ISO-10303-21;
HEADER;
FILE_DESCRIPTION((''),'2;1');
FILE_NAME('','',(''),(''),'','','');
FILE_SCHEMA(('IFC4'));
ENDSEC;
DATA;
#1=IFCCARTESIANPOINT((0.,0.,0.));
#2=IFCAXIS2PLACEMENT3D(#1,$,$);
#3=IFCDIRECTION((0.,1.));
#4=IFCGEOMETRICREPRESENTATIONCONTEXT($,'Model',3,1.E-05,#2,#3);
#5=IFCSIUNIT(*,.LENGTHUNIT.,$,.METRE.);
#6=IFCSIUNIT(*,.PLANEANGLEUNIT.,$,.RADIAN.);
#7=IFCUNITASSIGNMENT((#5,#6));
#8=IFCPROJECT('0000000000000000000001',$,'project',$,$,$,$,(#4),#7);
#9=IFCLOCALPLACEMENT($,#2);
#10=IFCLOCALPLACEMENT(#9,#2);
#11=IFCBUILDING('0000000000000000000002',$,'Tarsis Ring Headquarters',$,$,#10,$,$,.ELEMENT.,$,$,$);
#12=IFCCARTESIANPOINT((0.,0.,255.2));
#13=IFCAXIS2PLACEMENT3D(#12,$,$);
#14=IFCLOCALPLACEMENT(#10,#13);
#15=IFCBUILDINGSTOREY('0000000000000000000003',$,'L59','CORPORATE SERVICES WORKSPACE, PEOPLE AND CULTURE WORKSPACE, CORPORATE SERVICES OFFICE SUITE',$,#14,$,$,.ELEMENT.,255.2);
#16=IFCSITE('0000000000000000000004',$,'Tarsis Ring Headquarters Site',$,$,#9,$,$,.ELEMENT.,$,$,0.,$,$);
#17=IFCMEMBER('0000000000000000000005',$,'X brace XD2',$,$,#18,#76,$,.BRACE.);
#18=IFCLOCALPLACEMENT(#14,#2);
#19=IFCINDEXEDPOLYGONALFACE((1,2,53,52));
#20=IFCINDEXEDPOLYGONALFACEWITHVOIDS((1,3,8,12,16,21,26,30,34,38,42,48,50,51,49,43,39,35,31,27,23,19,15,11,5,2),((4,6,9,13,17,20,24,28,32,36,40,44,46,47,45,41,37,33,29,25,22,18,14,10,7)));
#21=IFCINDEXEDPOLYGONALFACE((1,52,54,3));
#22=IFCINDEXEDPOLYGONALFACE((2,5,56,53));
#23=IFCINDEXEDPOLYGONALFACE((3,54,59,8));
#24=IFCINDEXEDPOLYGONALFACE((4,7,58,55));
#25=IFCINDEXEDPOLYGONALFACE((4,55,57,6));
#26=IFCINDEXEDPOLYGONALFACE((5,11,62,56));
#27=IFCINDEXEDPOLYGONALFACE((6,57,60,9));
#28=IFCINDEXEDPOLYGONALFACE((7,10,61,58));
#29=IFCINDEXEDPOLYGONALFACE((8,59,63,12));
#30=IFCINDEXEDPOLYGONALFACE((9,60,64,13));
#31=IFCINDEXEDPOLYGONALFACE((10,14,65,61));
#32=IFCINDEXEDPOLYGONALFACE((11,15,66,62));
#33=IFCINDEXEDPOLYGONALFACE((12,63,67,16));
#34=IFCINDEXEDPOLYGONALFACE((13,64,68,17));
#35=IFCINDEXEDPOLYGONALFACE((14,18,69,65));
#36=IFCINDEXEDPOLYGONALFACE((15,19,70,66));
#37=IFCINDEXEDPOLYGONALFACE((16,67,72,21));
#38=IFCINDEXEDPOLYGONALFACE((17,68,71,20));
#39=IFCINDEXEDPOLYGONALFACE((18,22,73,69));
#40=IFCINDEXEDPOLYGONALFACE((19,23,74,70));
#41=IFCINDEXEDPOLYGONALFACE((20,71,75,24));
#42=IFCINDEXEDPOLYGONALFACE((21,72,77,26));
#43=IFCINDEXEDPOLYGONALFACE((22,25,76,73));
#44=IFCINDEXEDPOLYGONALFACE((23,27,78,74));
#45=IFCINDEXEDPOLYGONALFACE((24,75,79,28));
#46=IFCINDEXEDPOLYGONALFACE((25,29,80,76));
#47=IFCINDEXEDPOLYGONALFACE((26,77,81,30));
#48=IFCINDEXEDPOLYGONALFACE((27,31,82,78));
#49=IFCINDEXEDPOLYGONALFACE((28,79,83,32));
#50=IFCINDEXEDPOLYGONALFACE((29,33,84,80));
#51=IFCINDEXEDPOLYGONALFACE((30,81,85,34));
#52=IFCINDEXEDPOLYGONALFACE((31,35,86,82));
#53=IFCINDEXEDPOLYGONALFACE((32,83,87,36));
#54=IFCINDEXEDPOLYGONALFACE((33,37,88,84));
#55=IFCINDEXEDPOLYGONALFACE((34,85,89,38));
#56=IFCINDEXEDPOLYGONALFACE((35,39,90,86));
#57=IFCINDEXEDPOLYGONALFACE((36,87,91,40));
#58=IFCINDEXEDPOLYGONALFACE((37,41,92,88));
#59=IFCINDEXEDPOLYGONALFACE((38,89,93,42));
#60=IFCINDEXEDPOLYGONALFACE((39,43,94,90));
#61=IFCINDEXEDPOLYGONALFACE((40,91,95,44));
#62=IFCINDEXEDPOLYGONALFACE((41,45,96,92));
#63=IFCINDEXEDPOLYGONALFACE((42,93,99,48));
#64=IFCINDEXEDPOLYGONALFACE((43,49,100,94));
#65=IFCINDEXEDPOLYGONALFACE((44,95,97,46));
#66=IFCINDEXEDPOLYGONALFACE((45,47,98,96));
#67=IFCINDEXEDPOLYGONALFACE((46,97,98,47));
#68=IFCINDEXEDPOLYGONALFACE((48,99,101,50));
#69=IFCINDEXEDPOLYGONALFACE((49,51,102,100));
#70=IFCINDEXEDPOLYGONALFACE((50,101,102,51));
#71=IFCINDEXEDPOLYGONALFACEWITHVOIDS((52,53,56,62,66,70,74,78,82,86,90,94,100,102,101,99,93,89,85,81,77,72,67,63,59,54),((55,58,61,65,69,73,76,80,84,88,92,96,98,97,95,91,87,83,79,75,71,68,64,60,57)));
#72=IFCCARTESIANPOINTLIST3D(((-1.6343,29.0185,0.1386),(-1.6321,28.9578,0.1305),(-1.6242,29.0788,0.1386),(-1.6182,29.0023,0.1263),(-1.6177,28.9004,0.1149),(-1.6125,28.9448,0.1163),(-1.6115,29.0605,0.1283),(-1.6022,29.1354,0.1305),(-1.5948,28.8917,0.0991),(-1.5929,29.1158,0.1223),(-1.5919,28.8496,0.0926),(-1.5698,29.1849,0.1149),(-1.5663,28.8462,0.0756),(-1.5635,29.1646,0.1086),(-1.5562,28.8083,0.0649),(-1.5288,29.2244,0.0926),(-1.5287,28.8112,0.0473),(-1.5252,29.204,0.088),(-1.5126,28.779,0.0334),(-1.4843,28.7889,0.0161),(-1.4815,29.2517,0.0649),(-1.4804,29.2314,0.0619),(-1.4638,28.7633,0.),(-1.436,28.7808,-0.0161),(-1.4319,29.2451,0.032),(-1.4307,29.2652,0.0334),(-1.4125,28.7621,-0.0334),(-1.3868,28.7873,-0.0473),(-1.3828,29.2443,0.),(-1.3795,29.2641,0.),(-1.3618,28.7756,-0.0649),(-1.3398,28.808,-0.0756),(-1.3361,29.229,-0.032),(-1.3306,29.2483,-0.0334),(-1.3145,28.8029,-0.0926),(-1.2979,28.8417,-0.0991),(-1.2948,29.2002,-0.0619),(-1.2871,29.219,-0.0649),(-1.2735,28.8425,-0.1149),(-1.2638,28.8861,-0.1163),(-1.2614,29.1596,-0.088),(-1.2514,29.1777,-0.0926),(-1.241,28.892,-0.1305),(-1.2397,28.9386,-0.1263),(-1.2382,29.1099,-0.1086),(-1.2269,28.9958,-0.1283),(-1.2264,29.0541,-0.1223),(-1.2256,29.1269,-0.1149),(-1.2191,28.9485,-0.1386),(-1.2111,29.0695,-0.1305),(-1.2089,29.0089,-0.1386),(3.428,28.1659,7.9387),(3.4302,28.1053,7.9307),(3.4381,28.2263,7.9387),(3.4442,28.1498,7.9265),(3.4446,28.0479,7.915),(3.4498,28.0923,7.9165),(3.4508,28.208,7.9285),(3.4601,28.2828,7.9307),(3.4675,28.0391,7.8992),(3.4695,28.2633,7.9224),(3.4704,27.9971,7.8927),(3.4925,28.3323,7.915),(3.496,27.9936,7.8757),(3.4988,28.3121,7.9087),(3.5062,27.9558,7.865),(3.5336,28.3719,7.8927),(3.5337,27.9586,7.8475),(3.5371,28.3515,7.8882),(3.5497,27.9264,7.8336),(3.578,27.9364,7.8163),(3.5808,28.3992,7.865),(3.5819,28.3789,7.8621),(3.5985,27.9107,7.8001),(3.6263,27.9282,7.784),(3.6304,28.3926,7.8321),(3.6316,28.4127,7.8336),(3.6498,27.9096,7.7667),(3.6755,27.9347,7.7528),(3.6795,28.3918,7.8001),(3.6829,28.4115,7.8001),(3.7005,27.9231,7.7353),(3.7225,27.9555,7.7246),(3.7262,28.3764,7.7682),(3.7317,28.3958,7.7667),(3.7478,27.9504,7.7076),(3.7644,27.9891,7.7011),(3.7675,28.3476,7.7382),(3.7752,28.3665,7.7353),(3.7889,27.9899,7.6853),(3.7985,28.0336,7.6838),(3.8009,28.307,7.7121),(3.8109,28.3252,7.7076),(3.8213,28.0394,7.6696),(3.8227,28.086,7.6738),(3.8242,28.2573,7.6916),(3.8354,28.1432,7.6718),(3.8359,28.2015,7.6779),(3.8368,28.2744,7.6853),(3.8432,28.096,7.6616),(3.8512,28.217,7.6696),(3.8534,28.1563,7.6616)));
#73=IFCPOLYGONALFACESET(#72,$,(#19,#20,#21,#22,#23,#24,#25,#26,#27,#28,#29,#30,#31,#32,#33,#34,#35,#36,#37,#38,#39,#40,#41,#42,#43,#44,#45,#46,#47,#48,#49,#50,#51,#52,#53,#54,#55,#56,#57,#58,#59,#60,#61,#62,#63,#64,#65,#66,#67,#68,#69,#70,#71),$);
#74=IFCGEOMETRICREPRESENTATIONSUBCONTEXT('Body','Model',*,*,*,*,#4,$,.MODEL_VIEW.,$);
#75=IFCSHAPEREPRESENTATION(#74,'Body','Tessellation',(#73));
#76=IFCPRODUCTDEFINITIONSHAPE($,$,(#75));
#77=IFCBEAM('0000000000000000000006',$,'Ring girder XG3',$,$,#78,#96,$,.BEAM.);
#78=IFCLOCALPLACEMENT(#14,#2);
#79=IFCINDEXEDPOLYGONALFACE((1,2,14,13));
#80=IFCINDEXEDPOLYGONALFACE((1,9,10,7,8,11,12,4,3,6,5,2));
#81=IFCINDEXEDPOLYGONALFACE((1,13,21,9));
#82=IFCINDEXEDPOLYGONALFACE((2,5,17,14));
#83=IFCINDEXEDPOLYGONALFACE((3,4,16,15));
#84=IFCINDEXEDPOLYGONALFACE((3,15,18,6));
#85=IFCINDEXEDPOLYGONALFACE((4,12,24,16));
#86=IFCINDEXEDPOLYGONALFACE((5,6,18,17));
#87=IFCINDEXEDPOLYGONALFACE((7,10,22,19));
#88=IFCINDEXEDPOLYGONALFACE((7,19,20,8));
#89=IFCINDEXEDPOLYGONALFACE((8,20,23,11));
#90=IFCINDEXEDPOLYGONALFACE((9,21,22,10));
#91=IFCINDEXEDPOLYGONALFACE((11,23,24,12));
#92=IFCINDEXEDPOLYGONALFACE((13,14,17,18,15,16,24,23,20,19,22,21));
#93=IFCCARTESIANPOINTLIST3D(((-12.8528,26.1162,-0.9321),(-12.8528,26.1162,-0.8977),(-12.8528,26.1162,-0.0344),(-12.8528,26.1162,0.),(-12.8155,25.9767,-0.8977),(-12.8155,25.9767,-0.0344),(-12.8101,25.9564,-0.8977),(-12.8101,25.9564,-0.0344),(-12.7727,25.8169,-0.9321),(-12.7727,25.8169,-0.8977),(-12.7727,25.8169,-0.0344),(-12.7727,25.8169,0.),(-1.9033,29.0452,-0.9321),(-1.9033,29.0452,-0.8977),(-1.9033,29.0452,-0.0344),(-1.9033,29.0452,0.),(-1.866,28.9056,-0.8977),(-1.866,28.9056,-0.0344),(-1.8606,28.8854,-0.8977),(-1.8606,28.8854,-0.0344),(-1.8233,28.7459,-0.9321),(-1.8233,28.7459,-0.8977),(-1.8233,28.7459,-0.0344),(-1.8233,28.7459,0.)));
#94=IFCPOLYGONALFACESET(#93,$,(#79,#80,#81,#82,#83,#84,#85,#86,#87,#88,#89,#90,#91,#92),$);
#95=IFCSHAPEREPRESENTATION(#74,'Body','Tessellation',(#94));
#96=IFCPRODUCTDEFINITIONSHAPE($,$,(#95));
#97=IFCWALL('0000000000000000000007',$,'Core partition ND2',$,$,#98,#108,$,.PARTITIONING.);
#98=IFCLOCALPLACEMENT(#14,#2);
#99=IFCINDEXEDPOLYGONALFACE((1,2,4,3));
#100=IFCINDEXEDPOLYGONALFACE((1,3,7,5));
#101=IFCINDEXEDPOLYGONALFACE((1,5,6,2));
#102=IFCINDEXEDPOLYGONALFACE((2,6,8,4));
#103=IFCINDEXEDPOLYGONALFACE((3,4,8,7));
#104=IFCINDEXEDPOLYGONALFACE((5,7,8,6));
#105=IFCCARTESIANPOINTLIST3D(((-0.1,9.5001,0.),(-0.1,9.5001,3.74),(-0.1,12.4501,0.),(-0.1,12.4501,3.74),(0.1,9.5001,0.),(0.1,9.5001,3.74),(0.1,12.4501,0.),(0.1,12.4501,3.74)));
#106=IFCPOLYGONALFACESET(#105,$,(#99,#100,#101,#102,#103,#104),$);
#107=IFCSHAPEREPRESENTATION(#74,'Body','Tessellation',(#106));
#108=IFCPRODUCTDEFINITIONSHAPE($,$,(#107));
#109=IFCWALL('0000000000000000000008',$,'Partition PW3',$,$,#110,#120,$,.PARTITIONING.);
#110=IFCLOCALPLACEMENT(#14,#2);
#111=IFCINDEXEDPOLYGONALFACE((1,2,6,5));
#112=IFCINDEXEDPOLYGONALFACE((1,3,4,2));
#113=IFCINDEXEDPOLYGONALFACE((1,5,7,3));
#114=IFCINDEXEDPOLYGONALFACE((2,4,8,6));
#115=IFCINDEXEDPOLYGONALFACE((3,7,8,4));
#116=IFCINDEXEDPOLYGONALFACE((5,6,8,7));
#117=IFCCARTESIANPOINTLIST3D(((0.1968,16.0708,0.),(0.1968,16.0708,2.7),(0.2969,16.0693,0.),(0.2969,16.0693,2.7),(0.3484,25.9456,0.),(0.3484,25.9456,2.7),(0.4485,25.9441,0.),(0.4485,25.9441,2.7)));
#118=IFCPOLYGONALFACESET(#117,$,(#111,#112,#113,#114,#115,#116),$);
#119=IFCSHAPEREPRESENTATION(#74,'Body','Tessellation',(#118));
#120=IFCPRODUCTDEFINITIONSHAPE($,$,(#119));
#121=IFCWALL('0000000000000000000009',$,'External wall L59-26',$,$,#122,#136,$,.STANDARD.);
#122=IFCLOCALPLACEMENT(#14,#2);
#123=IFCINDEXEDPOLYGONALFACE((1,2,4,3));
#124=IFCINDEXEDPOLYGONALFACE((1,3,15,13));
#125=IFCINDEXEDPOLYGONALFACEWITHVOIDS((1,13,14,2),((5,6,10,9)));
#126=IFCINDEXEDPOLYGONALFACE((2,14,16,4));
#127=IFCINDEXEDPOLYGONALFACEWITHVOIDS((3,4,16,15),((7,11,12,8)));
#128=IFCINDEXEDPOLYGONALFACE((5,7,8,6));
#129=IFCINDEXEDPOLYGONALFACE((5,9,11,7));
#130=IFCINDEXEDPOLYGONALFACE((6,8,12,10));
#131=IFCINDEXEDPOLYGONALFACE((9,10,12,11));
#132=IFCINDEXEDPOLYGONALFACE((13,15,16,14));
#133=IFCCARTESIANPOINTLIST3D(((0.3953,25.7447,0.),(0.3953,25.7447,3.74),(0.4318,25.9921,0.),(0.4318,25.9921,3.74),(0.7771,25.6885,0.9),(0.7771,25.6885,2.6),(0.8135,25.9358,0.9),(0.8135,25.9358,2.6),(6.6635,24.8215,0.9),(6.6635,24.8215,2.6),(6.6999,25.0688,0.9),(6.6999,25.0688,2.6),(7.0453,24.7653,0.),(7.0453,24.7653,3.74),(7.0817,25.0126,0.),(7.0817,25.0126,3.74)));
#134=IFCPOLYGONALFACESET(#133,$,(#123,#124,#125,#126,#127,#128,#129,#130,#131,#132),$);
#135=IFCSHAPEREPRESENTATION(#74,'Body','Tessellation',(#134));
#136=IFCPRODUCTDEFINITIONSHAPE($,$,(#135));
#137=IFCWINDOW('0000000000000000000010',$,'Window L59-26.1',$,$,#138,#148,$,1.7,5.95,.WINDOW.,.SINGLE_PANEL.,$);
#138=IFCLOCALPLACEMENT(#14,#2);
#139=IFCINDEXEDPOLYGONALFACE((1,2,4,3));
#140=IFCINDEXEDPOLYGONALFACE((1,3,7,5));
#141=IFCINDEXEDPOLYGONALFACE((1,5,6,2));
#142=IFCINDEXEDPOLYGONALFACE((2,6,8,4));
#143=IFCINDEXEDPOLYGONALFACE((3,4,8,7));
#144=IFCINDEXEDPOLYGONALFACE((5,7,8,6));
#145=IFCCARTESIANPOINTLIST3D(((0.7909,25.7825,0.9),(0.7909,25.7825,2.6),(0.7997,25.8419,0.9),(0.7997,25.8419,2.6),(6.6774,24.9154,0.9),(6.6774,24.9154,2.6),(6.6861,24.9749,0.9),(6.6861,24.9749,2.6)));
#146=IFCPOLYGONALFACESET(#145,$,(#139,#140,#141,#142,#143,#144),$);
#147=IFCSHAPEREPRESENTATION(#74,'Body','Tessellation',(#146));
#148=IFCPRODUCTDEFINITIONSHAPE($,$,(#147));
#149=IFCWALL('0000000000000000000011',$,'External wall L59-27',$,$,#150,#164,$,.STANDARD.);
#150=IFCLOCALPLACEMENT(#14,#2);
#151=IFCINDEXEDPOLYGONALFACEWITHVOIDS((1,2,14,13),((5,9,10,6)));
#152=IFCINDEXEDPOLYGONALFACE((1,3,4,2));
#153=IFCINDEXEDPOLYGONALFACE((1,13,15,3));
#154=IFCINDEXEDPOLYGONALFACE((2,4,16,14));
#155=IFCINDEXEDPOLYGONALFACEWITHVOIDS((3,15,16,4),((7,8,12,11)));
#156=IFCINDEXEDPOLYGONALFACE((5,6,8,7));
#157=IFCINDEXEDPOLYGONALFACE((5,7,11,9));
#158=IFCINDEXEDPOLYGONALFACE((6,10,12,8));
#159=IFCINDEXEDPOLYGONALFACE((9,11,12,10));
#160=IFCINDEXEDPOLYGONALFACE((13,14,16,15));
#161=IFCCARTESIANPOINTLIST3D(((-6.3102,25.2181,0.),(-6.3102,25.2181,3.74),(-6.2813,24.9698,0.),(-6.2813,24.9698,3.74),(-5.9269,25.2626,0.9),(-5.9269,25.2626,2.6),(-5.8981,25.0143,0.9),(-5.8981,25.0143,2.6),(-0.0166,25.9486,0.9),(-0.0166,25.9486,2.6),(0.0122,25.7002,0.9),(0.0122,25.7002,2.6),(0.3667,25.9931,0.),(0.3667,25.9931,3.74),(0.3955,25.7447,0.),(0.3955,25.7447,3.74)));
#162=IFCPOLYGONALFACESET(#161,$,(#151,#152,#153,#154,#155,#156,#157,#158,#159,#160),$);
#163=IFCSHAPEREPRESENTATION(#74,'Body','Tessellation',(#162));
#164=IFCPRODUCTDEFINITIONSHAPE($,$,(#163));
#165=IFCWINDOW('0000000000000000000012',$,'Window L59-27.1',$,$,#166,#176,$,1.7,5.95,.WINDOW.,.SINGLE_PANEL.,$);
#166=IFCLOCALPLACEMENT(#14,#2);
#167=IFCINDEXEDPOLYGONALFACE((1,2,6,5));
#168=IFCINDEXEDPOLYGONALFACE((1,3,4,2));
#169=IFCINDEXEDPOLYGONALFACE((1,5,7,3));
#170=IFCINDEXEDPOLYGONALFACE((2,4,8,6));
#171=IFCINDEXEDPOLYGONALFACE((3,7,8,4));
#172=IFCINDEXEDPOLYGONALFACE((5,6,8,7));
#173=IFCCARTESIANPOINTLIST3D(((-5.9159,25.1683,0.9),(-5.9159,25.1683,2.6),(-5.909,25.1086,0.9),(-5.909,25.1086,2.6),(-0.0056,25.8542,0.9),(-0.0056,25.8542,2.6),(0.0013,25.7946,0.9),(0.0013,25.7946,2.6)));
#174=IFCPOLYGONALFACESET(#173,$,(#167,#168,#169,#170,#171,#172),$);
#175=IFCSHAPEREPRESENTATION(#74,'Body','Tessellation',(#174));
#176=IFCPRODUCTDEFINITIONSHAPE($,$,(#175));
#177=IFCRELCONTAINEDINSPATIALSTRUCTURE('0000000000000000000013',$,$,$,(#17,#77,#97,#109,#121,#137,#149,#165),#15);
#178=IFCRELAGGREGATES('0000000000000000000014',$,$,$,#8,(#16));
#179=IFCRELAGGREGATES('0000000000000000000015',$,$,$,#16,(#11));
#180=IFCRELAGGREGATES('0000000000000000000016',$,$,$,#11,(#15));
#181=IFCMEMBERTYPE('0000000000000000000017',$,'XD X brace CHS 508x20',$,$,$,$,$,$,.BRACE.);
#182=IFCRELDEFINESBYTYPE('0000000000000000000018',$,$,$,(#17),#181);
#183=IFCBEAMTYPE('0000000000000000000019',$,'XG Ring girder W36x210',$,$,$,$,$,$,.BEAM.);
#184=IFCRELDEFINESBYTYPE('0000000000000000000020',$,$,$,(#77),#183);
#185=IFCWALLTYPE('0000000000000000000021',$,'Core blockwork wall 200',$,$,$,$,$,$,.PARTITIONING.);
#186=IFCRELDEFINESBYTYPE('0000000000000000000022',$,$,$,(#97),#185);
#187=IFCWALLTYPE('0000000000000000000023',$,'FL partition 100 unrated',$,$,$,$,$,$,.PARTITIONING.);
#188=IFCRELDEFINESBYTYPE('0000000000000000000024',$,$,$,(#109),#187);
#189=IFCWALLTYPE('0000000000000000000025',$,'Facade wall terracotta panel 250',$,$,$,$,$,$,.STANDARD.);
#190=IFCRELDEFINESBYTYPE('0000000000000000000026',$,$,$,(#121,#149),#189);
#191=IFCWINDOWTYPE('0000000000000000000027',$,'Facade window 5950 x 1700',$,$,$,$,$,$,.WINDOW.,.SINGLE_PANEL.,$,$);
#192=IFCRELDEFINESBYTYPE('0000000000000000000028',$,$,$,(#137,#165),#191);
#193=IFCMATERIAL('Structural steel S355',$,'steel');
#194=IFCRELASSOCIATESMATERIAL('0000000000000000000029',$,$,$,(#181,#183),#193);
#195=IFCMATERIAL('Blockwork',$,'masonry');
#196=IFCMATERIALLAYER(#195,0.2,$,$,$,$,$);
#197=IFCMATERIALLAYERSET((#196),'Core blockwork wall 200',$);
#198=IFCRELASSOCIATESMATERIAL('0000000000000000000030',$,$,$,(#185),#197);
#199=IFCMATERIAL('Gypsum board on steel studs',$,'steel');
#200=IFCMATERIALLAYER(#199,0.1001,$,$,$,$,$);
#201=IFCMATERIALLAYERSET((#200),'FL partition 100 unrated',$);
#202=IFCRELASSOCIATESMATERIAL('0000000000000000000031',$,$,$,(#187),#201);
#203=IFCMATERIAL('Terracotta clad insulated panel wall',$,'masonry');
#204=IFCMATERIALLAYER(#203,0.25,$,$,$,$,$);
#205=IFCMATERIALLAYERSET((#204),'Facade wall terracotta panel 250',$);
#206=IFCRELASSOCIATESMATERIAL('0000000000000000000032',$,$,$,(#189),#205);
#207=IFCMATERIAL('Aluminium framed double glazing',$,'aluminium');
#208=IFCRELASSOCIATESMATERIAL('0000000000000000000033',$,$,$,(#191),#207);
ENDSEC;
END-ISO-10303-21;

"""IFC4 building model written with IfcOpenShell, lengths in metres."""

from ifc_helpers import new_model, si_unit, direction, frame, frame_2d, origin, origin_2d, place, context, subcontext, project, spatial, rectangle, hollow_circle, i_section, extrude, material, layer, layer_set, material_profile, profile_set, type_object, element, fill, save


model = new_model("IFC4")

# Units and contexts
model_context = context("Model", 3, precision=1e-05, world=origin(), true_north=direction((0.0, 1.0)))
body_context = subcontext(model_context, "Body", "Model", "MODEL_VIEW")
ifc_project = project(units=[si_unit("LENGTHUNIT", "METRE"), si_unit("PLANEANGLEUNIT", "RADIAN")], contexts=[model_context])

# Site, building, storey
site_placement = place(None, origin())
site = spatial("IfcSite", under=ifc_project, at=site_placement, Name="Tarsis Ring Headquarters Site", CompositionType="ELEMENT", RefElevation=0.0)
building_placement = place(site_placement, origin())
building = spatial("IfcBuilding", under=site, at=building_placement, Name="Tarsis Ring Headquarters", CompositionType="ELEMENT")
storey_placement = place(building_placement, frame((0.0, 0.0, 255.2)))
storey = spatial("IfcBuildingStorey", under=building, at=storey_placement, Name="L59", Description="CORPORATE SERVICES WORKSPACE, PEOPLE AND CULTURE WORKSPACE, CORPORATE SERVICES OFFICE SUITE", CompositionType="ELEMENT", Elevation=255.2)

# Shared definitions
ifc_material_1 = material(Name="Structural steel S355", Category="steel")

# Member
ifc_material_profile_1 = material_profile(ifc_material_1, hollow_circle(Radius=0.2539, WallThickness=0.02, at=origin_2d()), Name="CHS 508x20")
ifc_profile_set_1 = profile_set([ifc_material_profile_1], Name="Structural steel S355")
member_type = type_object("IfcMemberType", Name="XD X brace CHS 508x20", PredefinedType="BRACE", material=ifc_profile_set_1)
member_placement = place(storey_placement, frame((-1.4216, 29.0137, 0.0), z_axis=(0.542127, -0.0913, 0.835322), x_axis=(0.166072, 0.986114, 0.0)))
element("IfcMember", 1, at=member_placement, inside=storey, type_object=member_type, Name="X brace XD2", PredefinedType="BRACE", context=body_context, shape_type="SweptSolid", body=[
    extrude(hollow_circle(Radius=0.2539, WallThickness=0.02, at=origin_2d()), origin(), (0.0, 0.0, 1.0), 9.3379),
])

# Beam
ifc_material_profile_2 = material_profile(ifc_material_1, i_section(OverallWidth=0.3098, OverallDepth=0.9321, WebThickness=0.021, FlangeThickness=0.0344, at=origin_2d()), Name="W36x210")
ifc_profile_set_2 = profile_set([ifc_material_profile_2], Name="Structural steel S355")
beam_type_1 = type_object("IfcBeamType", Name="XG Ring girder W36x210", PredefinedType="BEAM", material=ifc_profile_set_2)
beam_1_placement = place(storey_placement, frame((-1.8633, 28.8955, -0.4661), z_axis=(-0.966035, -0.258412, 0.0), x_axis=(0.258412, -0.966035, 0.0)))
element("IfcBeam", 2, at=beam_1_placement, inside=storey, type_object=beam_type_1, Name="Ring girder XG3", PredefinedType="BEAM", context=body_context, shape_type="SweptSolid", body=[
    extrude(i_section(OverallWidth=0.3098, OverallDepth=0.9321, WebThickness=0.021, FlangeThickness=0.0344, at=origin_2d()), origin(), (0.0, 0.0, 1.0), 11.3345),
])

# Walls
ifc_material_2 = material(Name="Blockwork", Category="masonry")
ifc_layer_1 = layer(ifc_material_2, 0.2)
ifc_layer_set_1 = layer_set([ifc_layer_1], Name="Core blockwork wall 200")
wall_type_1 = type_object("IfcWallType", Name="Core blockwork wall 200", PredefinedType="PARTITIONING", material=ifc_layer_set_1)
wall_1_placement = place(storey_placement, frame((0.0, 9.5, 0.0), z_axis=(0.0, 0.0, 1.0), x_axis=(0.0, 1.0, 0.0)))
element("IfcWall", 3, at=wall_1_placement, inside=storey, type_object=wall_type_1, Name="Core partition ND2", PredefinedType="PARTITIONING", context=body_context, shape_type="SweptSolid", body=[
    extrude(rectangle(XDim=2.95, YDim=0.2, at=frame_2d((1.4751, 0.0))), origin(), (0.0, 0.0, 1.0), 3.74),
])
ifc_material_3 = material(Name="Gypsum board on steel studs", Category="steel")
ifc_layer_2 = layer(ifc_material_3, 0.1001)
ifc_layer_set_2 = layer_set([ifc_layer_2], Name="FL partition 100 unrated")
wall_type_2 = type_object("IfcWallType", Name="FL partition 100 unrated", PredefinedType="PARTITIONING", material=ifc_layer_set_2)
wall_2_placement = place(storey_placement, frame((0.2468, 16.0701, 0.0), z_axis=(0.0, 0.0, 1.0), x_axis=(0.015352, 0.999882, 0.0)))
element("IfcWall", 4, at=wall_2_placement, inside=storey, type_object=wall_type_2, Name="Partition PW3", PredefinedType="PARTITIONING", context=body_context, shape_type="SweptSolid", body=[
    extrude(rectangle(XDim=9.876, YDim=0.1001, at=frame_2d((4.938, 0.0))), origin(), (0.0, 0.0, 1.0), 2.7),
])

# Walls, openings, windows
ifc_material_4 = material(Name="Terracotta clad insulated panel wall", Category="masonry")
ifc_layer_3 = layer(ifc_material_4, 0.25)
ifc_layer_set_3 = layer_set([ifc_layer_3], Name="Facade wall terracotta panel 250")
wall_type_3 = type_object("IfcWallType", Name="Facade wall terracotta panel 250", PredefinedType="STANDARD", material=ifc_layer_set_3)
wall_3_placement = place(storey_placement, frame((7.0635, 24.8889, 0.0), z_axis=(0.0, 0.0, 1.0), x_axis=(-0.989326, 0.145722, 0.0)))
wall_3 = element("IfcWall", 5, at=wall_3_placement, inside=storey, type_object=wall_type_3, Name="External wall L59-26", PredefinedType="STANDARD", context=body_context, shape_type="SweptSolid", body=[
    extrude(rectangle(XDim=6.7217, YDim=0.25, at=frame_2d((3.3608, 0.0))), origin(), (0.0, 0.0, 1.0), 3.74),
])
opening_1_placement = place(wall_3_placement, frame((0.3857, 0.0, 0.8999)))
opening_1 = element("IfcOpeningElement", 6, at=opening_1_placement, cuts=wall_3, PredefinedType="OPENING", context=body_context, shape_type="SweptSolid", body=[
    extrude(rectangle(XDim=5.95, YDim=1.7, at=frame_2d((2.9751, 0.8501))), frame((0.0, 0.135, 0.0), z_axis=(0.0, -1.0, 0.0), x_axis=(1.0, 0.0, 0.0)), (0.0, 0.0, 1.0), 0.27),
])
ifc_material_5 = material(Name="Aluminium framed double glazing", Category="aluminium")
window_type = type_object("IfcWindowType", Name="Facade window 5950 x 1700", PartitioningType="SINGLE_PANEL", PredefinedType="WINDOW", material=ifc_material_5)
window_1_placement = place(opening_1_placement, origin())
window_1 = element("IfcWindow", 7, at=window_1_placement, inside=storey, type_object=window_type, Name="Window L59-26.1", OverallHeight=1.7, OverallWidth=5.95, PartitioningType="SINGLE_PANEL", PredefinedType="WINDOW", context=body_context, shape_type="SweptSolid", body=[
    extrude(rectangle(XDim=5.95, YDim=1.7, at=frame_2d((2.9751, 0.8501))), frame((0.0, 0.03, 0.0), z_axis=(0.0, -1.0, 0.0), x_axis=(1.0, 0.0, 0.0)), (0.0, 0.0, 1.0), 0.0601),
])
fill(opening_1, window_1)
wall_4_placement = place(storey_placement, frame((0.3811, 25.8689, 0.0), z_axis=(0.0, 0.0, 1.0), x_axis=(-0.993332, -0.115286, 0.0)))
wall_4 = element("IfcWall", 8, at=wall_4_placement, inside=storey, type_object=wall_type_3, Name="External wall L59-27", PredefinedType="STANDARD", context=body_context, shape_type="SweptSolid", body=[
    extrude(rectangle(XDim=6.7217, YDim=0.25, at=frame_2d((3.3608, 0.0))), origin(), (0.0, 0.0, 1.0), 3.74),
])
opening_2_placement = place(wall_4_placement, frame((0.3857, 0.0, 0.8999)))
opening_2 = element("IfcOpeningElement", 9, at=opening_2_placement, cuts=wall_4, PredefinedType="OPENING", context=body_context, shape_type="SweptSolid", body=[
    extrude(rectangle(XDim=5.95, YDim=1.7, at=frame_2d((2.9751, 0.8501))), frame((0.0, 0.135, 0.0), z_axis=(0.0, -1.0, 0.0), x_axis=(1.0, 0.0, 0.0)), (0.0, 0.0, 1.0), 0.27),
])
window_2_placement = place(opening_2_placement, origin())
window_2 = element("IfcWindow", 10, at=window_2_placement, inside=storey, type_object=window_type, Name="Window L59-27.1", OverallHeight=1.7, OverallWidth=5.95, PartitioningType="SINGLE_PANEL", PredefinedType="WINDOW", context=body_context, shape_type="SweptSolid", body=[
    extrude(rectangle(XDim=5.95, YDim=1.7, at=frame_2d((2.9751, 0.8501))), frame((0.0, 0.03, 0.0), z_axis=(0.0, -1.0, 0.0), x_axis=(1.0, 0.0, 0.0)), (0.0, 0.0, 1.0), 0.0601),
])
fill(opening_2, window_2)

save(model, "model.ifc")
